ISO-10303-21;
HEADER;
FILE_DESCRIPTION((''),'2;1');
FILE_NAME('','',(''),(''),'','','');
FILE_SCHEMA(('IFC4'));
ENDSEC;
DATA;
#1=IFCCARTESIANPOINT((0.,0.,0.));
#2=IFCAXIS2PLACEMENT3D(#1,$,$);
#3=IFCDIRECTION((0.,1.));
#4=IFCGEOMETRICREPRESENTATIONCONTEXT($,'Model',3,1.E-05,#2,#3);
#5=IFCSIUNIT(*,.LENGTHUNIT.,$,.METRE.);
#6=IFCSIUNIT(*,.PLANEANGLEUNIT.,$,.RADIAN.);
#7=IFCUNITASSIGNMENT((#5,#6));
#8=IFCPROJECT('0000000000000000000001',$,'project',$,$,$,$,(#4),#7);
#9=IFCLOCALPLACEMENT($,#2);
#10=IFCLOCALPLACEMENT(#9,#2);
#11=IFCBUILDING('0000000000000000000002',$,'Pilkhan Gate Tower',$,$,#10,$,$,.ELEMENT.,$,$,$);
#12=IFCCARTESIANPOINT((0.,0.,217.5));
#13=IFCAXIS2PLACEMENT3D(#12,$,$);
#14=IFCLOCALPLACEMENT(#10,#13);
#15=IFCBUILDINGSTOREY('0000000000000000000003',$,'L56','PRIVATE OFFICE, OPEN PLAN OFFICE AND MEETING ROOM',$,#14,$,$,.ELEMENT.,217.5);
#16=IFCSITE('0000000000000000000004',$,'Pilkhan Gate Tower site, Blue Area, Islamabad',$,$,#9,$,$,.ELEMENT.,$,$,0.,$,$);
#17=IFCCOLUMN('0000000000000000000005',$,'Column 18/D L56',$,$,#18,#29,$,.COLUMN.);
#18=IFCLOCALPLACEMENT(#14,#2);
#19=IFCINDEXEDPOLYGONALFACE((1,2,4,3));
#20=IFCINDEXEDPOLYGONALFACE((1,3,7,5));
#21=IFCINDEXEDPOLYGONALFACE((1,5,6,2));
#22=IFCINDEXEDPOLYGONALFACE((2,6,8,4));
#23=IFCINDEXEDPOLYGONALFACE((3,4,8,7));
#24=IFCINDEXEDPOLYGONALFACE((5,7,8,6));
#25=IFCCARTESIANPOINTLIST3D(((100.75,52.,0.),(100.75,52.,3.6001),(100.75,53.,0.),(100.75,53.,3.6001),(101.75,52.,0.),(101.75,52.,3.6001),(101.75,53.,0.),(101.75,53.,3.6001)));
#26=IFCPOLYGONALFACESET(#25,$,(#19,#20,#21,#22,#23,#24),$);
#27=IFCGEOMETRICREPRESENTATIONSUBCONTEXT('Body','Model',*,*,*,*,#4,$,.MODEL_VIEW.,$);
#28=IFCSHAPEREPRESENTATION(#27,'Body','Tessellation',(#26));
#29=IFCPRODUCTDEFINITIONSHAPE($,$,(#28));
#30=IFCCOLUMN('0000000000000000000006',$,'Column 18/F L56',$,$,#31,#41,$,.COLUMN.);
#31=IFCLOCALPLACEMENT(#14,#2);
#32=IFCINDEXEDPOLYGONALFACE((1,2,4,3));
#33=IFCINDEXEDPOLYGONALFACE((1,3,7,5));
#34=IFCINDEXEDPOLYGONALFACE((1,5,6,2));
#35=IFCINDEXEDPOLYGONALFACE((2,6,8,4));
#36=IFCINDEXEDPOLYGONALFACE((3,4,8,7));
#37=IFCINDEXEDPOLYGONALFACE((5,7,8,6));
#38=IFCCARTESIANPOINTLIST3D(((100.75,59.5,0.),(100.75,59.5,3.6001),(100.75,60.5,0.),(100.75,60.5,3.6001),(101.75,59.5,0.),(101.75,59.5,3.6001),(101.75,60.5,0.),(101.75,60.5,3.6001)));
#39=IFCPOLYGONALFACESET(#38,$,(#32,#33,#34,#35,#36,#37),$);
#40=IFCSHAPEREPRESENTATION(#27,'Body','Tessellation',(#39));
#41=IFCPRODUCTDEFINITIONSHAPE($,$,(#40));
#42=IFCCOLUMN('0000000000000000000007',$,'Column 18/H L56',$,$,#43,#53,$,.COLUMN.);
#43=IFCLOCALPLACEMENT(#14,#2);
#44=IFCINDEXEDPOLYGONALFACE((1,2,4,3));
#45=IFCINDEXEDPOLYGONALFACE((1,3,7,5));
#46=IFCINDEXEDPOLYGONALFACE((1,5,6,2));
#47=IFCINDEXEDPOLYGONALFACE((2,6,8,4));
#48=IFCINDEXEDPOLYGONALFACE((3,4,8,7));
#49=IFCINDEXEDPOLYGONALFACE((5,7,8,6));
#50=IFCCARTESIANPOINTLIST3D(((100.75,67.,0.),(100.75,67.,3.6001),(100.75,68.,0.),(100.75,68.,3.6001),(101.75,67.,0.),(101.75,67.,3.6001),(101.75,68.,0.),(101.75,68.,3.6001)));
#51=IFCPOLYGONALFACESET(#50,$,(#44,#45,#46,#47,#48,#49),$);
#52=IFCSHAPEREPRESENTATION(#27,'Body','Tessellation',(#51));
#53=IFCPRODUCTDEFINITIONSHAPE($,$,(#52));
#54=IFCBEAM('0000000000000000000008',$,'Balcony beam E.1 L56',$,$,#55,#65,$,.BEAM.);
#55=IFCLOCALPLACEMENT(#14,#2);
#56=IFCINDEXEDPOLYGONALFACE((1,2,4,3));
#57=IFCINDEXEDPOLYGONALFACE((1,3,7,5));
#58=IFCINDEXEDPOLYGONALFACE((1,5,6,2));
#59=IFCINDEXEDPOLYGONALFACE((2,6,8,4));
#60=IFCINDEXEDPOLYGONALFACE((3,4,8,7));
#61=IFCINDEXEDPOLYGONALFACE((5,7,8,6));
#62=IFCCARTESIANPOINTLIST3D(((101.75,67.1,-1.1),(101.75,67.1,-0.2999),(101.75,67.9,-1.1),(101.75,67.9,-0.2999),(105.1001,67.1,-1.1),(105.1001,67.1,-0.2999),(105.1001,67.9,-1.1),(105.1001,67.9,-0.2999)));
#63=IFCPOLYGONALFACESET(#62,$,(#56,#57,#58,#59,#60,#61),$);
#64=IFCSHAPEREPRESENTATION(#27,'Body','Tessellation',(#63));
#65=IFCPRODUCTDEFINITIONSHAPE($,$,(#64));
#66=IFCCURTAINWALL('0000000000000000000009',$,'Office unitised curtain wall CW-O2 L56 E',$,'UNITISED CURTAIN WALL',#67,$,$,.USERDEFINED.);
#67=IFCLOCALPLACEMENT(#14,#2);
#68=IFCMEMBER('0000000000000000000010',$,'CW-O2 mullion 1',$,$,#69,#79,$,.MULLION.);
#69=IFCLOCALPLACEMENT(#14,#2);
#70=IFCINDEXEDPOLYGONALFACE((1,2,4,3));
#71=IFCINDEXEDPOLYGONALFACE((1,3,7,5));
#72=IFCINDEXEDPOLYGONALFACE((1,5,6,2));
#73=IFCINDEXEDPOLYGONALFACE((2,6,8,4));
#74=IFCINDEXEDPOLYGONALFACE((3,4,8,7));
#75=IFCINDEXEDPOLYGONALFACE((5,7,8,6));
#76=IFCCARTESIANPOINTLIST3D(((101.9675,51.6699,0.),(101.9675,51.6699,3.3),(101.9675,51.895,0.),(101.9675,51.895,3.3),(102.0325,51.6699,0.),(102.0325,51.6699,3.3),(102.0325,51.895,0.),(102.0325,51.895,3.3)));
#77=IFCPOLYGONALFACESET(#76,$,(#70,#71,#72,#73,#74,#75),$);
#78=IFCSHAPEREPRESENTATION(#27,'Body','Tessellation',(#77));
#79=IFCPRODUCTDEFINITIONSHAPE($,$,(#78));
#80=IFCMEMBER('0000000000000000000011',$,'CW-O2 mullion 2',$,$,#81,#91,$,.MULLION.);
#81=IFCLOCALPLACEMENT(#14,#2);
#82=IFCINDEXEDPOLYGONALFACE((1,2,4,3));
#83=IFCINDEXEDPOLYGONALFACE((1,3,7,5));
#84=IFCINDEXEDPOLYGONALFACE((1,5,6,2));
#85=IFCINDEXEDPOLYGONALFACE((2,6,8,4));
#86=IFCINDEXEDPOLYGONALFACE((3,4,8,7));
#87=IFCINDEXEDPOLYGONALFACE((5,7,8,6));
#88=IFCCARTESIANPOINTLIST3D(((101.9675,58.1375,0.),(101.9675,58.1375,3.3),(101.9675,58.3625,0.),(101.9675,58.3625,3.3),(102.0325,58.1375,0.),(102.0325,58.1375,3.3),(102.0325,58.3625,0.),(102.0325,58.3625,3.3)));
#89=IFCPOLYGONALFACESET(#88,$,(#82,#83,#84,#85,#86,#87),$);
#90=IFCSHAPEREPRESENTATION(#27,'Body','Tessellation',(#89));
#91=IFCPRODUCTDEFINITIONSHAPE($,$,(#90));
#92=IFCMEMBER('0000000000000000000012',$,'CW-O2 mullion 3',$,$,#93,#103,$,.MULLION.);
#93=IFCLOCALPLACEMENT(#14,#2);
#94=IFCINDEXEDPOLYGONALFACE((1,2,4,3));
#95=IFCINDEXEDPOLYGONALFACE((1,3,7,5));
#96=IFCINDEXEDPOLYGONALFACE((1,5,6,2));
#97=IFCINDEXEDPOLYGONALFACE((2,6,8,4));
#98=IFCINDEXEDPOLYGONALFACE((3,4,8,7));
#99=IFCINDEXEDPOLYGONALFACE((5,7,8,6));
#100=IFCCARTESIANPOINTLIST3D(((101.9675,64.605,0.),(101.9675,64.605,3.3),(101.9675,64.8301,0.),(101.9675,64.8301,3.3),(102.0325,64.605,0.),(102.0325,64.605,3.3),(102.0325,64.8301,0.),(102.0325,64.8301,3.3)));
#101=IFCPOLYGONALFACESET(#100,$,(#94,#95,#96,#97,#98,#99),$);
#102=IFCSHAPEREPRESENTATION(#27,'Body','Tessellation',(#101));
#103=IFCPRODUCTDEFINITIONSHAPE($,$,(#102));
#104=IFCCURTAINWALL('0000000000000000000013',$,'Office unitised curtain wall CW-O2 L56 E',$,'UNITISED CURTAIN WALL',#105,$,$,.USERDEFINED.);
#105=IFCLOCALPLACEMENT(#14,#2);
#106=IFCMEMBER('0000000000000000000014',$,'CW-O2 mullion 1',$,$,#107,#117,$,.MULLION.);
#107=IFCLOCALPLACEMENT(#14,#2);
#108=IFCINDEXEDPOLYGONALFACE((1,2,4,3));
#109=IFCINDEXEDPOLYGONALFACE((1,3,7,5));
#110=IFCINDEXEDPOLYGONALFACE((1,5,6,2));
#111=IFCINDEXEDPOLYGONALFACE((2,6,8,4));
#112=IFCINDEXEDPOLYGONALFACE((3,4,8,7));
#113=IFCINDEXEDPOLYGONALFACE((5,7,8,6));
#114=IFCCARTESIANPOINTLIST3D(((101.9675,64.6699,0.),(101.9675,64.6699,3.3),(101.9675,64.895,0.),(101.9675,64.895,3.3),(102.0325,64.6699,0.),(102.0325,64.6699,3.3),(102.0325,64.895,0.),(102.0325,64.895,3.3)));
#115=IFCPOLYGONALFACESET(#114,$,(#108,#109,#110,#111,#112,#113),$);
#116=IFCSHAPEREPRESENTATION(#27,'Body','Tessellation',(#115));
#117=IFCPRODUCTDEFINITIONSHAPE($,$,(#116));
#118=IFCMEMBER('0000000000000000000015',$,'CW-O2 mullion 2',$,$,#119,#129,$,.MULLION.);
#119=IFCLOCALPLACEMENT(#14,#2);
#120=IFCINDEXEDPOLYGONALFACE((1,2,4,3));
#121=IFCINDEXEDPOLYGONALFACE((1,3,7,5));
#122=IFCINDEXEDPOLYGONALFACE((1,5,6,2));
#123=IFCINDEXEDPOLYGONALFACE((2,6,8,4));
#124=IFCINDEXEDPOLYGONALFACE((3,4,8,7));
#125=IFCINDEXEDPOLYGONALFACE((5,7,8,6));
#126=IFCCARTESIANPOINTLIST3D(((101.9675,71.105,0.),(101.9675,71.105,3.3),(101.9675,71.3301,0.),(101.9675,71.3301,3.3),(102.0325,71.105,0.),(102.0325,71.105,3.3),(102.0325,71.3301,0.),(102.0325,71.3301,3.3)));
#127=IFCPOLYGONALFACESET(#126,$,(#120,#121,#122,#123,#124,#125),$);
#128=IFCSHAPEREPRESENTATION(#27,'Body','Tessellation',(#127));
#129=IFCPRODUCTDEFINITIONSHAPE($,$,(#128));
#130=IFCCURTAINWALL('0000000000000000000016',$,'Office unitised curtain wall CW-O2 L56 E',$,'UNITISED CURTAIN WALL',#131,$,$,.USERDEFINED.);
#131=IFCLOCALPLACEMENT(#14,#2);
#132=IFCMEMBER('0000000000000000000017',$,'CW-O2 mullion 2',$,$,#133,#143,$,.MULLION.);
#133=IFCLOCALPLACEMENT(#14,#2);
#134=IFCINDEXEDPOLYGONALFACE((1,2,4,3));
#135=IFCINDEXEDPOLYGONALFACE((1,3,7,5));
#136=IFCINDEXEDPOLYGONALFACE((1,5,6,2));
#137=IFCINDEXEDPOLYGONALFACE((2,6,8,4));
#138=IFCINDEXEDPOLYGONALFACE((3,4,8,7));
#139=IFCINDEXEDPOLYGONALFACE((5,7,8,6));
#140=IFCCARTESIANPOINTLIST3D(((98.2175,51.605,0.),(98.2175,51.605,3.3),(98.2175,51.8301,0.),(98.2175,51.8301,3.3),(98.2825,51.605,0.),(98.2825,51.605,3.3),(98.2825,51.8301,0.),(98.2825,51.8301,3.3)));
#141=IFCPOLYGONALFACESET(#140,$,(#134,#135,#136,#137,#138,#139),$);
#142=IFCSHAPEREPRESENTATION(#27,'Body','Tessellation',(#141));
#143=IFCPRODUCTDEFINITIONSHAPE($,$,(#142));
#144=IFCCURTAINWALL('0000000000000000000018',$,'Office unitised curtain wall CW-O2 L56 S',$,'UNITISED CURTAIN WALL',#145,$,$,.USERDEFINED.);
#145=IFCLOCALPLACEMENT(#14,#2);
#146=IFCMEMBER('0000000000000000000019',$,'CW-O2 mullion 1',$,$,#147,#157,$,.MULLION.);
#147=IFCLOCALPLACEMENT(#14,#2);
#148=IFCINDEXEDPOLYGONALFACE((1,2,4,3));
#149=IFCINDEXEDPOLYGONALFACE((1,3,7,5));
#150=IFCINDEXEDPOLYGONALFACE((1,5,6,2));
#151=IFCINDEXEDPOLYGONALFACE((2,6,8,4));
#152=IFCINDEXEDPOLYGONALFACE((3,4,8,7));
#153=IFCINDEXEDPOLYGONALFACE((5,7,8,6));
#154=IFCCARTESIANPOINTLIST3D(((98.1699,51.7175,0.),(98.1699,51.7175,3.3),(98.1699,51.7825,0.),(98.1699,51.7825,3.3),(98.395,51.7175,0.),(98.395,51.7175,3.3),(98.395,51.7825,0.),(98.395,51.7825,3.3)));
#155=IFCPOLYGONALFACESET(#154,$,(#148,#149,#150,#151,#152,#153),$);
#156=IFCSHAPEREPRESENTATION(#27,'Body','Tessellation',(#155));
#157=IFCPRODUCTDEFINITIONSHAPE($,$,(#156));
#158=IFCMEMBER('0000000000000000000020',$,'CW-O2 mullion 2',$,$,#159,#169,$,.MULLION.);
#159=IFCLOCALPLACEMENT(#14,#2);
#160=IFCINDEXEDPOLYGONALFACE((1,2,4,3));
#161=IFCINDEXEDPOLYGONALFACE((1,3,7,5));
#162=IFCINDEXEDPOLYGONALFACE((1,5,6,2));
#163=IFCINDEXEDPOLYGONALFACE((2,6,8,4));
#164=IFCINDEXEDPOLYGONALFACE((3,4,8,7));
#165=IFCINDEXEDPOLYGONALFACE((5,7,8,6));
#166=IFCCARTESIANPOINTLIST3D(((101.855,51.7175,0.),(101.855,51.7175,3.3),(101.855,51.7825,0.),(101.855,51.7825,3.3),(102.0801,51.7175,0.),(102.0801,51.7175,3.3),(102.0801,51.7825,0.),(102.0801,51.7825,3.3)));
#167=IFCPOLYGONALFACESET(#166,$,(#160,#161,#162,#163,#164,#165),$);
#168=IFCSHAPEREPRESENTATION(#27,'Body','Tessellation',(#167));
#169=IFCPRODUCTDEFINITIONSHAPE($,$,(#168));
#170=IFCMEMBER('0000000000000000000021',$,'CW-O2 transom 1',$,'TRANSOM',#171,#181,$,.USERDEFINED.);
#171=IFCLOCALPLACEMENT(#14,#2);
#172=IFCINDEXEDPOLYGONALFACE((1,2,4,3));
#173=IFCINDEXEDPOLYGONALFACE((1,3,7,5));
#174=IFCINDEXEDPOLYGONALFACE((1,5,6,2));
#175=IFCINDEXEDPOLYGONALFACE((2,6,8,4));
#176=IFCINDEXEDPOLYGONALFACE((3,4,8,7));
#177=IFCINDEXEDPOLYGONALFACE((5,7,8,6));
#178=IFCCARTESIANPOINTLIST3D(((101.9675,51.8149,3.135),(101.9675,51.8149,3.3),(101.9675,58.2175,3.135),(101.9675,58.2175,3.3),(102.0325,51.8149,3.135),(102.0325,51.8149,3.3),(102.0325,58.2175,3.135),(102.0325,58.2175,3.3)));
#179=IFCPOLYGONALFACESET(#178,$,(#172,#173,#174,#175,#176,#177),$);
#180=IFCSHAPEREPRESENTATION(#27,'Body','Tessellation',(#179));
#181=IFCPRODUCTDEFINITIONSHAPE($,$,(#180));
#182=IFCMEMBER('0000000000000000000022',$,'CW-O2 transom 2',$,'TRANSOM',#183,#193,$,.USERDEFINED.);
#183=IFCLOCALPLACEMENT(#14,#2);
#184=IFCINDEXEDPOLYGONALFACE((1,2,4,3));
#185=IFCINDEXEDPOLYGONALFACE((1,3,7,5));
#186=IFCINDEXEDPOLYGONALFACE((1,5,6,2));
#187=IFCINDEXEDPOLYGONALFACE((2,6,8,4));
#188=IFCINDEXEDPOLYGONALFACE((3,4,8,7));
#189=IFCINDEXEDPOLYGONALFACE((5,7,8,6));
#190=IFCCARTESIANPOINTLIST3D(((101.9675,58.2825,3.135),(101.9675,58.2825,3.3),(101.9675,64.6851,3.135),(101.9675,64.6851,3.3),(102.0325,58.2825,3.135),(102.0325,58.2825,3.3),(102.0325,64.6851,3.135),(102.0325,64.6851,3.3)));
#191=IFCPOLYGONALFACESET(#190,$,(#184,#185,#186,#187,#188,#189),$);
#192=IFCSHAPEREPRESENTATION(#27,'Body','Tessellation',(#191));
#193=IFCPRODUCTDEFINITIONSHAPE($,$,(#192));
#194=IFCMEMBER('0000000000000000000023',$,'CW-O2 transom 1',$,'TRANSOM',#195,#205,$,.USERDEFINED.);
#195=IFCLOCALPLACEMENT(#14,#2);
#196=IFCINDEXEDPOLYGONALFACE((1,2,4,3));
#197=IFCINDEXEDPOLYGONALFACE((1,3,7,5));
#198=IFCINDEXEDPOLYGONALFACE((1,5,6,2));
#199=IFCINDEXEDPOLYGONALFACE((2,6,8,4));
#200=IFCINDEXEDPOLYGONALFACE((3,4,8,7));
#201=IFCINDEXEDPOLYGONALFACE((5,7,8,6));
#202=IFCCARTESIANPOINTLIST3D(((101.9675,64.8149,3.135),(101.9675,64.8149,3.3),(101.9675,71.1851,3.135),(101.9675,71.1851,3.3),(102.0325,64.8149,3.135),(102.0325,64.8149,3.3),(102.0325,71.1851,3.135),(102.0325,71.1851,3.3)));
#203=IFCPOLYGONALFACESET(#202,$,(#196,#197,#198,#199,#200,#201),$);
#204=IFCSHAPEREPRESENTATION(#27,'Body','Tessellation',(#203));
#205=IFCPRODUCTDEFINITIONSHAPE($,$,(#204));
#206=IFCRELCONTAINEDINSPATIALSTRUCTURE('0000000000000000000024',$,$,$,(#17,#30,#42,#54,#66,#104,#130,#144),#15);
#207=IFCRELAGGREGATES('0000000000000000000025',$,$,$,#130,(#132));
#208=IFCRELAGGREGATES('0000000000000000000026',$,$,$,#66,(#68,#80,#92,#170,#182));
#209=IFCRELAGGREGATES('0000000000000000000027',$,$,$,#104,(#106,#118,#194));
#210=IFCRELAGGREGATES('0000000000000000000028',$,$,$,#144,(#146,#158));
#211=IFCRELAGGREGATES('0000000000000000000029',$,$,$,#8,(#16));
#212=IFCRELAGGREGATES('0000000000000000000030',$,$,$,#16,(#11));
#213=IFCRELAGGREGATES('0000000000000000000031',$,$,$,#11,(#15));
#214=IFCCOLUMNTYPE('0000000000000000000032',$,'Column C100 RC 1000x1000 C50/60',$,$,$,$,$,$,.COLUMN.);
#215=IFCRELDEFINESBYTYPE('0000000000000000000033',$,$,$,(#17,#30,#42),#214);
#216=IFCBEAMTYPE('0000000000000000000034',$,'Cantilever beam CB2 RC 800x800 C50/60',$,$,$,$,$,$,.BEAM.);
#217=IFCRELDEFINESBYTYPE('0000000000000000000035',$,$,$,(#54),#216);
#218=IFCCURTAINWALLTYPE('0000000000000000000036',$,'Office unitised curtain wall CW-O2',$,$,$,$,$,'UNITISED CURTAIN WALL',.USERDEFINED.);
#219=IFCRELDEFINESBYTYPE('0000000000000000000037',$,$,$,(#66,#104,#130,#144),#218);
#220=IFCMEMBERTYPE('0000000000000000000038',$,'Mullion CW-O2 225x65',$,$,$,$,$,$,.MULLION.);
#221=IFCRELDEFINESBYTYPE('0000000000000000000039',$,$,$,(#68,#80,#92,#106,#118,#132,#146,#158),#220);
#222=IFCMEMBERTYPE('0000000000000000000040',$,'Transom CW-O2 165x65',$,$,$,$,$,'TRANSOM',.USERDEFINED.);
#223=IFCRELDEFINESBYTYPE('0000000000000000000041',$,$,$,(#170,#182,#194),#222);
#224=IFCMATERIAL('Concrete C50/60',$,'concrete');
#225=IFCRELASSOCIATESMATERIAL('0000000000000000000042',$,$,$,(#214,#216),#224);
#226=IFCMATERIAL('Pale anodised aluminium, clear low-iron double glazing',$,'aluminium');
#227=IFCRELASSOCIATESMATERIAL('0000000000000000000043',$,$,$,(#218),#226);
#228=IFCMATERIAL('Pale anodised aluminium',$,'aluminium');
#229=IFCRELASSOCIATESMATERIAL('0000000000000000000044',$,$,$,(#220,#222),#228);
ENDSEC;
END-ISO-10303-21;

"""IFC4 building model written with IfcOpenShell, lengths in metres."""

from ifc_helpers import new_model, si_unit, direction, frame, origin, origin_2d, place, context, subcontext, project, spatial, rectangle, extrude, material, material_profile, profile_set, type_object, element, aggregate, save


model = new_model("IFC4")

# Units and contexts
model_context = context("Model", 3, precision=1e-05, world=origin(), true_north=direction((0.0, 1.0)))
body_context = subcontext(model_context, "Body", "Model", "MODEL_VIEW")
ifc_project = project(units=[si_unit("LENGTHUNIT", "METRE"), si_unit("PLANEANGLEUNIT", "RADIAN")], contexts=[model_context])

# Site, building, storey
site_placement = place(None, origin())
site = spatial("IfcSite", under=ifc_project, at=site_placement, Name="Pilkhan Gate Tower site, Blue Area, Islamabad", CompositionType="ELEMENT", RefElevation=0.0)
building_placement = place(site_placement, origin())
building = spatial("IfcBuilding", under=site, at=building_placement, Name="Pilkhan Gate Tower", CompositionType="ELEMENT")
storey_placement = place(building_placement, frame((0.0, 0.0, 217.5)))
storey = spatial("IfcBuildingStorey", under=building, at=storey_placement, Name="L56", Description="PRIVATE OFFICE, OPEN PLAN OFFICE AND MEETING ROOM", CompositionType="ELEMENT", Elevation=217.5)

# Columns
ifc_material_1 = material(Name="Concrete C50/60", Category="concrete")
ifc_material_profile_1 = material_profile(ifc_material_1, rectangle(XDim=1.0, YDim=1.0, at=origin_2d()), Name="RC 1000x1000")
ifc_profile_set_1 = profile_set([ifc_material_profile_1], Name="Concrete C50/60")
column_type = type_object("IfcColumnType", Name="Column C100 RC 1000x1000 C50/60", PredefinedType="COLUMN", material=ifc_profile_set_1)
for number, where, z_axis, x_axis, name in (
    (1, (101.25, 52.5, 0.0), (0.0, 0.0, 1.0), (1.0, 0.0, 0.0), "Column 18/D L56"),
    (2, (101.25, 60.0, 0.0), (0.0, 0.0, 1.0), (1.0, 0.0, 0.0), "Column 18/F L56"),
    (3, (101.25, 67.5, 0.0), (0.0, 0.0, 1.0), (1.0, 0.0, 0.0), "Column 18/H L56"),
):
    element("IfcColumn", number, at=place(storey_placement, frame(where, z_axis=z_axis, x_axis=x_axis)), inside=storey, type_object=column_type, Name=name, PredefinedType="COLUMN", context=body_context, shape_type="SweptSolid", body=[
        extrude(rectangle(XDim=1.0, YDim=1.0, at=origin_2d()), origin(), (0.0, 0.0, 1.0), 3.6001),
    ])

# Beam
ifc_material_profile_2 = material_profile(ifc_material_1, rectangle(XDim=0.8, YDim=0.8, at=origin_2d()), Name="RC 800x800")
ifc_profile_set_2 = profile_set([ifc_material_profile_2], Name="Concrete C50/60")
beam_type = type_object("IfcBeamType", Name="Cantilever beam CB2 RC 800x800 C50/60", PredefinedType="BEAM", material=ifc_profile_set_2)
beam_placement = place(storey_placement, frame((101.75, 67.5, -0.7), z_axis=(1.0, 0.0, 0.0), x_axis=(0.0, 1.0, 0.0)))
element("IfcBeam", 4, at=beam_placement, inside=storey, type_object=beam_type, Name="Balcony beam E.1 L56", PredefinedType="BEAM", context=body_context, shape_type="SweptSolid", body=[
    extrude(rectangle(XDim=0.8, YDim=0.8, at=origin_2d()), origin(), (0.0, 0.0, 1.0), 3.3501),
])

# Curtain walls, members
ifc_material_2 = material(Name="Pale anodised aluminium, clear low-iron double glazing", Category="aluminium")
curtain_wall_type = type_object("IfcCurtainWallType", Name="Office unitised curtain wall CW-O2", ElementType="UNITISED CURTAIN WALL", PredefinedType="USERDEFINED", material=ifc_material_2)
curtain_wall_1_placement = place(storey_placement, origin())
curtain_wall_1 = element("IfcCurtainWall", 5, at=curtain_wall_1_placement, inside=storey, type_object=curtain_wall_type, Name="Office unitised curtain wall CW-O2 L56 E", ObjectType="UNITISED CURTAIN WALL", PredefinedType="USERDEFINED")
ifc_material_3 = material(Name="Pale anodised aluminium", Category="aluminium")
ifc_material_profile_3 = material_profile(ifc_material_3, rectangle(XDim=0.0649, YDim=0.2251, at=origin_2d()), Name="Mullion 225x65")
ifc_profile_set_3 = profile_set([ifc_material_profile_3], Name="Pale anodised aluminium")
member_type_1 = type_object("IfcMemberType", Name="Mullion CW-O2 225x65", PredefinedType="MULLION", material=ifc_profile_set_3)
member_1_placement = place(storey_placement, frame((102.0, 51.7825, 0.0), z_axis=(0.0, 0.0, 1.0), x_axis=(-1.0, 0.0, 0.0)))
member_1 = element("IfcMember", 6, at=member_1_placement, type_object=member_type_1, Name="CW-O2 mullion 1", PredefinedType="MULLION", context=body_context, shape_type="SweptSolid", body=[
    extrude(rectangle(XDim=0.0649, YDim=0.2251, at=origin_2d()), origin(), (0.0, 0.0, 1.0), 3.3),
])
member_2_placement = place(storey_placement, frame((102.0, 58.25, 0.0), z_axis=(0.0, 0.0, 1.0), x_axis=(-1.0, 0.0, 0.0)))
member_2 = element("IfcMember", 7, at=member_2_placement, type_object=member_type_1, Name="CW-O2 mullion 2", PredefinedType="MULLION", context=body_context, shape_type="SweptSolid", body=[
    extrude(rectangle(XDim=0.0649, YDim=0.2251, at=origin_2d()), origin(), (0.0, 0.0, 1.0), 3.3),
])
member_3_placement = place(storey_placement, frame((102.0, 64.7175, 0.0), z_axis=(0.0, 0.0, 1.0), x_axis=(-1.0, 0.0, 0.0)))
member_3 = element("IfcMember", 8, at=member_3_placement, type_object=member_type_1, Name="CW-O2 mullion 3", PredefinedType="MULLION", context=body_context, shape_type="SweptSolid", body=[
    extrude(rectangle(XDim=0.0649, YDim=0.2251, at=origin_2d()), origin(), (0.0, 0.0, 1.0), 3.3),
])
curtain_wall_2_placement = place(storey_placement, origin())
curtain_wall_2 = element("IfcCurtainWall", 9, at=curtain_wall_2_placement, inside=storey, type_object=curtain_wall_type, Name="Office unitised curtain wall CW-O2 L56 E", ObjectType="UNITISED CURTAIN WALL", PredefinedType="USERDEFINED")
member_4_placement = place(storey_placement, frame((102.0, 64.7825, 0.0), z_axis=(0.0, 0.0, 1.0), x_axis=(-1.0, 0.0, 0.0)))
member_4 = element("IfcMember", 10, at=member_4_placement, type_object=member_type_1, Name="CW-O2 mullion 1", PredefinedType="MULLION", context=body_context, shape_type="SweptSolid", body=[
    extrude(rectangle(XDim=0.0649, YDim=0.2251, at=origin_2d()), origin(), (0.0, 0.0, 1.0), 3.3),
])
member_5_placement = place(storey_placement, frame((102.0, 71.2175, 0.0), z_axis=(0.0, 0.0, 1.0), x_axis=(-1.0, 0.0, 0.0)))
member_5 = element("IfcMember", 11, at=member_5_placement, type_object=member_type_1, Name="CW-O2 mullion 2", PredefinedType="MULLION", context=body_context, shape_type="SweptSolid", body=[
    extrude(rectangle(XDim=0.0649, YDim=0.2251, at=origin_2d()), origin(), (0.0, 0.0, 1.0), 3.3),
])

# Curtain wall, member
curtain_wall_3_placement = place(storey_placement, origin())
curtain_wall_3 = element("IfcCurtainWall", 12, at=curtain_wall_3_placement, inside=storey, type_object=curtain_wall_type, Name="Office unitised curtain wall CW-O2 L56 E", ObjectType="UNITISED CURTAIN WALL", PredefinedType="USERDEFINED")
member_6_placement = place(storey_placement, frame((98.25, 51.7175, 0.0), z_axis=(0.0, 0.0, 1.0), x_axis=(-1.0, 0.0, 0.0)))
member_6 = element("IfcMember", 13, at=member_6_placement, type_object=member_type_1, Name="CW-O2 mullion 2", PredefinedType="MULLION", context=body_context, shape_type="SweptSolid", body=[
    extrude(rectangle(XDim=0.0649, YDim=0.2251, at=origin_2d()), origin(), (0.0, 0.0, 1.0), 3.3),
])
aggregate(curtain_wall_3, [member_6])

# Curtain wall, members
curtain_wall_4_placement = place(storey_placement, origin())
curtain_wall_4 = element("IfcCurtainWall", 14, at=curtain_wall_4_placement, inside=storey, type_object=curtain_wall_type, Name="Office unitised curtain wall CW-O2 L56 S", ObjectType="UNITISED CURTAIN WALL", PredefinedType="USERDEFINED")
member_7_placement = place(storey_placement, frame((98.2825, 51.75, 0.0), z_axis=(0.0, 0.0, 1.0), x_axis=(0.0, 1.0, 0.0)))
member_7 = element("IfcMember", 15, at=member_7_placement, type_object=member_type_1, Name="CW-O2 mullion 1", PredefinedType="MULLION", context=body_context, shape_type="SweptSolid", body=[
    extrude(rectangle(XDim=0.0649, YDim=0.2251, at=origin_2d()), origin(), (0.0, 0.0, 1.0), 3.3),
])
member_8_placement = place(storey_placement, frame((101.9675, 51.75, 0.0), z_axis=(0.0, 0.0, 1.0), x_axis=(0.0, 1.0, 0.0)))
member_8 = element("IfcMember", 16, at=member_8_placement, type_object=member_type_1, Name="CW-O2 mullion 2", PredefinedType="MULLION", context=body_context, shape_type="SweptSolid", body=[
    extrude(rectangle(XDim=0.0649, YDim=0.2251, at=origin_2d()), origin(), (0.0, 0.0, 1.0), 3.3),
])

# Members
ifc_material_profile_4 = material_profile(ifc_material_3, rectangle(XDim=0.0649, YDim=0.165, at=origin_2d()), Name="Transom 165x65")
ifc_profile_set_4 = profile_set([ifc_material_profile_4], Name="Pale anodised aluminium")
member_type_2 = type_object("IfcMemberType", Name="Transom CW-O2 165x65", ElementType="TRANSOM", PredefinedType="USERDEFINED", material=ifc_profile_set_4)
member_9_placement = place(storey_placement, frame((102.0, 51.8149, 3.2175), z_axis=(0.0, 1.0, 0.0), x_axis=(-1.0, 0.0, 0.0)))
member_9 = element("IfcMember", 17, at=member_9_placement, type_object=member_type_2, Name="CW-O2 transom 1", ObjectType="TRANSOM", PredefinedType="USERDEFINED", context=body_context, shape_type="SweptSolid", body=[
    extrude(rectangle(XDim=0.0649, YDim=0.165, at=origin_2d()), origin(), (0.0, 0.0, 1.0), 6.4026),
])
member_10_placement = place(storey_placement, frame((102.0, 58.2825, 3.2175), z_axis=(0.0, 1.0, 0.0), x_axis=(-1.0, 0.0, 0.0)))
member_10 = element("IfcMember", 18, at=member_10_placement, type_object=member_type_2, Name="CW-O2 transom 2", ObjectType="TRANSOM", PredefinedType="USERDEFINED", context=body_context, shape_type="SweptSolid", body=[
    extrude(rectangle(XDim=0.0649, YDim=0.165, at=origin_2d()), origin(), (0.0, 0.0, 1.0), 6.4026),
])
member_11_placement = place(storey_placement, frame((102.0, 64.8149, 3.2175), z_axis=(0.0, 1.0, 0.0), x_axis=(-1.0, 0.0, 0.0)))
member_11 = element("IfcMember", 19, at=member_11_placement, type_object=member_type_2, Name="CW-O2 transom 1", ObjectType="TRANSOM", PredefinedType="USERDEFINED", context=body_context, shape_type="SweptSolid", body=[
    extrude(rectangle(XDim=0.0649, YDim=0.165, at=origin_2d()), origin(), (0.0, 0.0, 1.0), 6.3701),
])

aggregate(curtain_wall_1, [member_1, member_2, member_3, member_9, member_10])
aggregate(curtain_wall_2, [member_4, member_5, member_11])
aggregate(curtain_wall_4, [member_7, member_8])

save(model, "model.ifc")
